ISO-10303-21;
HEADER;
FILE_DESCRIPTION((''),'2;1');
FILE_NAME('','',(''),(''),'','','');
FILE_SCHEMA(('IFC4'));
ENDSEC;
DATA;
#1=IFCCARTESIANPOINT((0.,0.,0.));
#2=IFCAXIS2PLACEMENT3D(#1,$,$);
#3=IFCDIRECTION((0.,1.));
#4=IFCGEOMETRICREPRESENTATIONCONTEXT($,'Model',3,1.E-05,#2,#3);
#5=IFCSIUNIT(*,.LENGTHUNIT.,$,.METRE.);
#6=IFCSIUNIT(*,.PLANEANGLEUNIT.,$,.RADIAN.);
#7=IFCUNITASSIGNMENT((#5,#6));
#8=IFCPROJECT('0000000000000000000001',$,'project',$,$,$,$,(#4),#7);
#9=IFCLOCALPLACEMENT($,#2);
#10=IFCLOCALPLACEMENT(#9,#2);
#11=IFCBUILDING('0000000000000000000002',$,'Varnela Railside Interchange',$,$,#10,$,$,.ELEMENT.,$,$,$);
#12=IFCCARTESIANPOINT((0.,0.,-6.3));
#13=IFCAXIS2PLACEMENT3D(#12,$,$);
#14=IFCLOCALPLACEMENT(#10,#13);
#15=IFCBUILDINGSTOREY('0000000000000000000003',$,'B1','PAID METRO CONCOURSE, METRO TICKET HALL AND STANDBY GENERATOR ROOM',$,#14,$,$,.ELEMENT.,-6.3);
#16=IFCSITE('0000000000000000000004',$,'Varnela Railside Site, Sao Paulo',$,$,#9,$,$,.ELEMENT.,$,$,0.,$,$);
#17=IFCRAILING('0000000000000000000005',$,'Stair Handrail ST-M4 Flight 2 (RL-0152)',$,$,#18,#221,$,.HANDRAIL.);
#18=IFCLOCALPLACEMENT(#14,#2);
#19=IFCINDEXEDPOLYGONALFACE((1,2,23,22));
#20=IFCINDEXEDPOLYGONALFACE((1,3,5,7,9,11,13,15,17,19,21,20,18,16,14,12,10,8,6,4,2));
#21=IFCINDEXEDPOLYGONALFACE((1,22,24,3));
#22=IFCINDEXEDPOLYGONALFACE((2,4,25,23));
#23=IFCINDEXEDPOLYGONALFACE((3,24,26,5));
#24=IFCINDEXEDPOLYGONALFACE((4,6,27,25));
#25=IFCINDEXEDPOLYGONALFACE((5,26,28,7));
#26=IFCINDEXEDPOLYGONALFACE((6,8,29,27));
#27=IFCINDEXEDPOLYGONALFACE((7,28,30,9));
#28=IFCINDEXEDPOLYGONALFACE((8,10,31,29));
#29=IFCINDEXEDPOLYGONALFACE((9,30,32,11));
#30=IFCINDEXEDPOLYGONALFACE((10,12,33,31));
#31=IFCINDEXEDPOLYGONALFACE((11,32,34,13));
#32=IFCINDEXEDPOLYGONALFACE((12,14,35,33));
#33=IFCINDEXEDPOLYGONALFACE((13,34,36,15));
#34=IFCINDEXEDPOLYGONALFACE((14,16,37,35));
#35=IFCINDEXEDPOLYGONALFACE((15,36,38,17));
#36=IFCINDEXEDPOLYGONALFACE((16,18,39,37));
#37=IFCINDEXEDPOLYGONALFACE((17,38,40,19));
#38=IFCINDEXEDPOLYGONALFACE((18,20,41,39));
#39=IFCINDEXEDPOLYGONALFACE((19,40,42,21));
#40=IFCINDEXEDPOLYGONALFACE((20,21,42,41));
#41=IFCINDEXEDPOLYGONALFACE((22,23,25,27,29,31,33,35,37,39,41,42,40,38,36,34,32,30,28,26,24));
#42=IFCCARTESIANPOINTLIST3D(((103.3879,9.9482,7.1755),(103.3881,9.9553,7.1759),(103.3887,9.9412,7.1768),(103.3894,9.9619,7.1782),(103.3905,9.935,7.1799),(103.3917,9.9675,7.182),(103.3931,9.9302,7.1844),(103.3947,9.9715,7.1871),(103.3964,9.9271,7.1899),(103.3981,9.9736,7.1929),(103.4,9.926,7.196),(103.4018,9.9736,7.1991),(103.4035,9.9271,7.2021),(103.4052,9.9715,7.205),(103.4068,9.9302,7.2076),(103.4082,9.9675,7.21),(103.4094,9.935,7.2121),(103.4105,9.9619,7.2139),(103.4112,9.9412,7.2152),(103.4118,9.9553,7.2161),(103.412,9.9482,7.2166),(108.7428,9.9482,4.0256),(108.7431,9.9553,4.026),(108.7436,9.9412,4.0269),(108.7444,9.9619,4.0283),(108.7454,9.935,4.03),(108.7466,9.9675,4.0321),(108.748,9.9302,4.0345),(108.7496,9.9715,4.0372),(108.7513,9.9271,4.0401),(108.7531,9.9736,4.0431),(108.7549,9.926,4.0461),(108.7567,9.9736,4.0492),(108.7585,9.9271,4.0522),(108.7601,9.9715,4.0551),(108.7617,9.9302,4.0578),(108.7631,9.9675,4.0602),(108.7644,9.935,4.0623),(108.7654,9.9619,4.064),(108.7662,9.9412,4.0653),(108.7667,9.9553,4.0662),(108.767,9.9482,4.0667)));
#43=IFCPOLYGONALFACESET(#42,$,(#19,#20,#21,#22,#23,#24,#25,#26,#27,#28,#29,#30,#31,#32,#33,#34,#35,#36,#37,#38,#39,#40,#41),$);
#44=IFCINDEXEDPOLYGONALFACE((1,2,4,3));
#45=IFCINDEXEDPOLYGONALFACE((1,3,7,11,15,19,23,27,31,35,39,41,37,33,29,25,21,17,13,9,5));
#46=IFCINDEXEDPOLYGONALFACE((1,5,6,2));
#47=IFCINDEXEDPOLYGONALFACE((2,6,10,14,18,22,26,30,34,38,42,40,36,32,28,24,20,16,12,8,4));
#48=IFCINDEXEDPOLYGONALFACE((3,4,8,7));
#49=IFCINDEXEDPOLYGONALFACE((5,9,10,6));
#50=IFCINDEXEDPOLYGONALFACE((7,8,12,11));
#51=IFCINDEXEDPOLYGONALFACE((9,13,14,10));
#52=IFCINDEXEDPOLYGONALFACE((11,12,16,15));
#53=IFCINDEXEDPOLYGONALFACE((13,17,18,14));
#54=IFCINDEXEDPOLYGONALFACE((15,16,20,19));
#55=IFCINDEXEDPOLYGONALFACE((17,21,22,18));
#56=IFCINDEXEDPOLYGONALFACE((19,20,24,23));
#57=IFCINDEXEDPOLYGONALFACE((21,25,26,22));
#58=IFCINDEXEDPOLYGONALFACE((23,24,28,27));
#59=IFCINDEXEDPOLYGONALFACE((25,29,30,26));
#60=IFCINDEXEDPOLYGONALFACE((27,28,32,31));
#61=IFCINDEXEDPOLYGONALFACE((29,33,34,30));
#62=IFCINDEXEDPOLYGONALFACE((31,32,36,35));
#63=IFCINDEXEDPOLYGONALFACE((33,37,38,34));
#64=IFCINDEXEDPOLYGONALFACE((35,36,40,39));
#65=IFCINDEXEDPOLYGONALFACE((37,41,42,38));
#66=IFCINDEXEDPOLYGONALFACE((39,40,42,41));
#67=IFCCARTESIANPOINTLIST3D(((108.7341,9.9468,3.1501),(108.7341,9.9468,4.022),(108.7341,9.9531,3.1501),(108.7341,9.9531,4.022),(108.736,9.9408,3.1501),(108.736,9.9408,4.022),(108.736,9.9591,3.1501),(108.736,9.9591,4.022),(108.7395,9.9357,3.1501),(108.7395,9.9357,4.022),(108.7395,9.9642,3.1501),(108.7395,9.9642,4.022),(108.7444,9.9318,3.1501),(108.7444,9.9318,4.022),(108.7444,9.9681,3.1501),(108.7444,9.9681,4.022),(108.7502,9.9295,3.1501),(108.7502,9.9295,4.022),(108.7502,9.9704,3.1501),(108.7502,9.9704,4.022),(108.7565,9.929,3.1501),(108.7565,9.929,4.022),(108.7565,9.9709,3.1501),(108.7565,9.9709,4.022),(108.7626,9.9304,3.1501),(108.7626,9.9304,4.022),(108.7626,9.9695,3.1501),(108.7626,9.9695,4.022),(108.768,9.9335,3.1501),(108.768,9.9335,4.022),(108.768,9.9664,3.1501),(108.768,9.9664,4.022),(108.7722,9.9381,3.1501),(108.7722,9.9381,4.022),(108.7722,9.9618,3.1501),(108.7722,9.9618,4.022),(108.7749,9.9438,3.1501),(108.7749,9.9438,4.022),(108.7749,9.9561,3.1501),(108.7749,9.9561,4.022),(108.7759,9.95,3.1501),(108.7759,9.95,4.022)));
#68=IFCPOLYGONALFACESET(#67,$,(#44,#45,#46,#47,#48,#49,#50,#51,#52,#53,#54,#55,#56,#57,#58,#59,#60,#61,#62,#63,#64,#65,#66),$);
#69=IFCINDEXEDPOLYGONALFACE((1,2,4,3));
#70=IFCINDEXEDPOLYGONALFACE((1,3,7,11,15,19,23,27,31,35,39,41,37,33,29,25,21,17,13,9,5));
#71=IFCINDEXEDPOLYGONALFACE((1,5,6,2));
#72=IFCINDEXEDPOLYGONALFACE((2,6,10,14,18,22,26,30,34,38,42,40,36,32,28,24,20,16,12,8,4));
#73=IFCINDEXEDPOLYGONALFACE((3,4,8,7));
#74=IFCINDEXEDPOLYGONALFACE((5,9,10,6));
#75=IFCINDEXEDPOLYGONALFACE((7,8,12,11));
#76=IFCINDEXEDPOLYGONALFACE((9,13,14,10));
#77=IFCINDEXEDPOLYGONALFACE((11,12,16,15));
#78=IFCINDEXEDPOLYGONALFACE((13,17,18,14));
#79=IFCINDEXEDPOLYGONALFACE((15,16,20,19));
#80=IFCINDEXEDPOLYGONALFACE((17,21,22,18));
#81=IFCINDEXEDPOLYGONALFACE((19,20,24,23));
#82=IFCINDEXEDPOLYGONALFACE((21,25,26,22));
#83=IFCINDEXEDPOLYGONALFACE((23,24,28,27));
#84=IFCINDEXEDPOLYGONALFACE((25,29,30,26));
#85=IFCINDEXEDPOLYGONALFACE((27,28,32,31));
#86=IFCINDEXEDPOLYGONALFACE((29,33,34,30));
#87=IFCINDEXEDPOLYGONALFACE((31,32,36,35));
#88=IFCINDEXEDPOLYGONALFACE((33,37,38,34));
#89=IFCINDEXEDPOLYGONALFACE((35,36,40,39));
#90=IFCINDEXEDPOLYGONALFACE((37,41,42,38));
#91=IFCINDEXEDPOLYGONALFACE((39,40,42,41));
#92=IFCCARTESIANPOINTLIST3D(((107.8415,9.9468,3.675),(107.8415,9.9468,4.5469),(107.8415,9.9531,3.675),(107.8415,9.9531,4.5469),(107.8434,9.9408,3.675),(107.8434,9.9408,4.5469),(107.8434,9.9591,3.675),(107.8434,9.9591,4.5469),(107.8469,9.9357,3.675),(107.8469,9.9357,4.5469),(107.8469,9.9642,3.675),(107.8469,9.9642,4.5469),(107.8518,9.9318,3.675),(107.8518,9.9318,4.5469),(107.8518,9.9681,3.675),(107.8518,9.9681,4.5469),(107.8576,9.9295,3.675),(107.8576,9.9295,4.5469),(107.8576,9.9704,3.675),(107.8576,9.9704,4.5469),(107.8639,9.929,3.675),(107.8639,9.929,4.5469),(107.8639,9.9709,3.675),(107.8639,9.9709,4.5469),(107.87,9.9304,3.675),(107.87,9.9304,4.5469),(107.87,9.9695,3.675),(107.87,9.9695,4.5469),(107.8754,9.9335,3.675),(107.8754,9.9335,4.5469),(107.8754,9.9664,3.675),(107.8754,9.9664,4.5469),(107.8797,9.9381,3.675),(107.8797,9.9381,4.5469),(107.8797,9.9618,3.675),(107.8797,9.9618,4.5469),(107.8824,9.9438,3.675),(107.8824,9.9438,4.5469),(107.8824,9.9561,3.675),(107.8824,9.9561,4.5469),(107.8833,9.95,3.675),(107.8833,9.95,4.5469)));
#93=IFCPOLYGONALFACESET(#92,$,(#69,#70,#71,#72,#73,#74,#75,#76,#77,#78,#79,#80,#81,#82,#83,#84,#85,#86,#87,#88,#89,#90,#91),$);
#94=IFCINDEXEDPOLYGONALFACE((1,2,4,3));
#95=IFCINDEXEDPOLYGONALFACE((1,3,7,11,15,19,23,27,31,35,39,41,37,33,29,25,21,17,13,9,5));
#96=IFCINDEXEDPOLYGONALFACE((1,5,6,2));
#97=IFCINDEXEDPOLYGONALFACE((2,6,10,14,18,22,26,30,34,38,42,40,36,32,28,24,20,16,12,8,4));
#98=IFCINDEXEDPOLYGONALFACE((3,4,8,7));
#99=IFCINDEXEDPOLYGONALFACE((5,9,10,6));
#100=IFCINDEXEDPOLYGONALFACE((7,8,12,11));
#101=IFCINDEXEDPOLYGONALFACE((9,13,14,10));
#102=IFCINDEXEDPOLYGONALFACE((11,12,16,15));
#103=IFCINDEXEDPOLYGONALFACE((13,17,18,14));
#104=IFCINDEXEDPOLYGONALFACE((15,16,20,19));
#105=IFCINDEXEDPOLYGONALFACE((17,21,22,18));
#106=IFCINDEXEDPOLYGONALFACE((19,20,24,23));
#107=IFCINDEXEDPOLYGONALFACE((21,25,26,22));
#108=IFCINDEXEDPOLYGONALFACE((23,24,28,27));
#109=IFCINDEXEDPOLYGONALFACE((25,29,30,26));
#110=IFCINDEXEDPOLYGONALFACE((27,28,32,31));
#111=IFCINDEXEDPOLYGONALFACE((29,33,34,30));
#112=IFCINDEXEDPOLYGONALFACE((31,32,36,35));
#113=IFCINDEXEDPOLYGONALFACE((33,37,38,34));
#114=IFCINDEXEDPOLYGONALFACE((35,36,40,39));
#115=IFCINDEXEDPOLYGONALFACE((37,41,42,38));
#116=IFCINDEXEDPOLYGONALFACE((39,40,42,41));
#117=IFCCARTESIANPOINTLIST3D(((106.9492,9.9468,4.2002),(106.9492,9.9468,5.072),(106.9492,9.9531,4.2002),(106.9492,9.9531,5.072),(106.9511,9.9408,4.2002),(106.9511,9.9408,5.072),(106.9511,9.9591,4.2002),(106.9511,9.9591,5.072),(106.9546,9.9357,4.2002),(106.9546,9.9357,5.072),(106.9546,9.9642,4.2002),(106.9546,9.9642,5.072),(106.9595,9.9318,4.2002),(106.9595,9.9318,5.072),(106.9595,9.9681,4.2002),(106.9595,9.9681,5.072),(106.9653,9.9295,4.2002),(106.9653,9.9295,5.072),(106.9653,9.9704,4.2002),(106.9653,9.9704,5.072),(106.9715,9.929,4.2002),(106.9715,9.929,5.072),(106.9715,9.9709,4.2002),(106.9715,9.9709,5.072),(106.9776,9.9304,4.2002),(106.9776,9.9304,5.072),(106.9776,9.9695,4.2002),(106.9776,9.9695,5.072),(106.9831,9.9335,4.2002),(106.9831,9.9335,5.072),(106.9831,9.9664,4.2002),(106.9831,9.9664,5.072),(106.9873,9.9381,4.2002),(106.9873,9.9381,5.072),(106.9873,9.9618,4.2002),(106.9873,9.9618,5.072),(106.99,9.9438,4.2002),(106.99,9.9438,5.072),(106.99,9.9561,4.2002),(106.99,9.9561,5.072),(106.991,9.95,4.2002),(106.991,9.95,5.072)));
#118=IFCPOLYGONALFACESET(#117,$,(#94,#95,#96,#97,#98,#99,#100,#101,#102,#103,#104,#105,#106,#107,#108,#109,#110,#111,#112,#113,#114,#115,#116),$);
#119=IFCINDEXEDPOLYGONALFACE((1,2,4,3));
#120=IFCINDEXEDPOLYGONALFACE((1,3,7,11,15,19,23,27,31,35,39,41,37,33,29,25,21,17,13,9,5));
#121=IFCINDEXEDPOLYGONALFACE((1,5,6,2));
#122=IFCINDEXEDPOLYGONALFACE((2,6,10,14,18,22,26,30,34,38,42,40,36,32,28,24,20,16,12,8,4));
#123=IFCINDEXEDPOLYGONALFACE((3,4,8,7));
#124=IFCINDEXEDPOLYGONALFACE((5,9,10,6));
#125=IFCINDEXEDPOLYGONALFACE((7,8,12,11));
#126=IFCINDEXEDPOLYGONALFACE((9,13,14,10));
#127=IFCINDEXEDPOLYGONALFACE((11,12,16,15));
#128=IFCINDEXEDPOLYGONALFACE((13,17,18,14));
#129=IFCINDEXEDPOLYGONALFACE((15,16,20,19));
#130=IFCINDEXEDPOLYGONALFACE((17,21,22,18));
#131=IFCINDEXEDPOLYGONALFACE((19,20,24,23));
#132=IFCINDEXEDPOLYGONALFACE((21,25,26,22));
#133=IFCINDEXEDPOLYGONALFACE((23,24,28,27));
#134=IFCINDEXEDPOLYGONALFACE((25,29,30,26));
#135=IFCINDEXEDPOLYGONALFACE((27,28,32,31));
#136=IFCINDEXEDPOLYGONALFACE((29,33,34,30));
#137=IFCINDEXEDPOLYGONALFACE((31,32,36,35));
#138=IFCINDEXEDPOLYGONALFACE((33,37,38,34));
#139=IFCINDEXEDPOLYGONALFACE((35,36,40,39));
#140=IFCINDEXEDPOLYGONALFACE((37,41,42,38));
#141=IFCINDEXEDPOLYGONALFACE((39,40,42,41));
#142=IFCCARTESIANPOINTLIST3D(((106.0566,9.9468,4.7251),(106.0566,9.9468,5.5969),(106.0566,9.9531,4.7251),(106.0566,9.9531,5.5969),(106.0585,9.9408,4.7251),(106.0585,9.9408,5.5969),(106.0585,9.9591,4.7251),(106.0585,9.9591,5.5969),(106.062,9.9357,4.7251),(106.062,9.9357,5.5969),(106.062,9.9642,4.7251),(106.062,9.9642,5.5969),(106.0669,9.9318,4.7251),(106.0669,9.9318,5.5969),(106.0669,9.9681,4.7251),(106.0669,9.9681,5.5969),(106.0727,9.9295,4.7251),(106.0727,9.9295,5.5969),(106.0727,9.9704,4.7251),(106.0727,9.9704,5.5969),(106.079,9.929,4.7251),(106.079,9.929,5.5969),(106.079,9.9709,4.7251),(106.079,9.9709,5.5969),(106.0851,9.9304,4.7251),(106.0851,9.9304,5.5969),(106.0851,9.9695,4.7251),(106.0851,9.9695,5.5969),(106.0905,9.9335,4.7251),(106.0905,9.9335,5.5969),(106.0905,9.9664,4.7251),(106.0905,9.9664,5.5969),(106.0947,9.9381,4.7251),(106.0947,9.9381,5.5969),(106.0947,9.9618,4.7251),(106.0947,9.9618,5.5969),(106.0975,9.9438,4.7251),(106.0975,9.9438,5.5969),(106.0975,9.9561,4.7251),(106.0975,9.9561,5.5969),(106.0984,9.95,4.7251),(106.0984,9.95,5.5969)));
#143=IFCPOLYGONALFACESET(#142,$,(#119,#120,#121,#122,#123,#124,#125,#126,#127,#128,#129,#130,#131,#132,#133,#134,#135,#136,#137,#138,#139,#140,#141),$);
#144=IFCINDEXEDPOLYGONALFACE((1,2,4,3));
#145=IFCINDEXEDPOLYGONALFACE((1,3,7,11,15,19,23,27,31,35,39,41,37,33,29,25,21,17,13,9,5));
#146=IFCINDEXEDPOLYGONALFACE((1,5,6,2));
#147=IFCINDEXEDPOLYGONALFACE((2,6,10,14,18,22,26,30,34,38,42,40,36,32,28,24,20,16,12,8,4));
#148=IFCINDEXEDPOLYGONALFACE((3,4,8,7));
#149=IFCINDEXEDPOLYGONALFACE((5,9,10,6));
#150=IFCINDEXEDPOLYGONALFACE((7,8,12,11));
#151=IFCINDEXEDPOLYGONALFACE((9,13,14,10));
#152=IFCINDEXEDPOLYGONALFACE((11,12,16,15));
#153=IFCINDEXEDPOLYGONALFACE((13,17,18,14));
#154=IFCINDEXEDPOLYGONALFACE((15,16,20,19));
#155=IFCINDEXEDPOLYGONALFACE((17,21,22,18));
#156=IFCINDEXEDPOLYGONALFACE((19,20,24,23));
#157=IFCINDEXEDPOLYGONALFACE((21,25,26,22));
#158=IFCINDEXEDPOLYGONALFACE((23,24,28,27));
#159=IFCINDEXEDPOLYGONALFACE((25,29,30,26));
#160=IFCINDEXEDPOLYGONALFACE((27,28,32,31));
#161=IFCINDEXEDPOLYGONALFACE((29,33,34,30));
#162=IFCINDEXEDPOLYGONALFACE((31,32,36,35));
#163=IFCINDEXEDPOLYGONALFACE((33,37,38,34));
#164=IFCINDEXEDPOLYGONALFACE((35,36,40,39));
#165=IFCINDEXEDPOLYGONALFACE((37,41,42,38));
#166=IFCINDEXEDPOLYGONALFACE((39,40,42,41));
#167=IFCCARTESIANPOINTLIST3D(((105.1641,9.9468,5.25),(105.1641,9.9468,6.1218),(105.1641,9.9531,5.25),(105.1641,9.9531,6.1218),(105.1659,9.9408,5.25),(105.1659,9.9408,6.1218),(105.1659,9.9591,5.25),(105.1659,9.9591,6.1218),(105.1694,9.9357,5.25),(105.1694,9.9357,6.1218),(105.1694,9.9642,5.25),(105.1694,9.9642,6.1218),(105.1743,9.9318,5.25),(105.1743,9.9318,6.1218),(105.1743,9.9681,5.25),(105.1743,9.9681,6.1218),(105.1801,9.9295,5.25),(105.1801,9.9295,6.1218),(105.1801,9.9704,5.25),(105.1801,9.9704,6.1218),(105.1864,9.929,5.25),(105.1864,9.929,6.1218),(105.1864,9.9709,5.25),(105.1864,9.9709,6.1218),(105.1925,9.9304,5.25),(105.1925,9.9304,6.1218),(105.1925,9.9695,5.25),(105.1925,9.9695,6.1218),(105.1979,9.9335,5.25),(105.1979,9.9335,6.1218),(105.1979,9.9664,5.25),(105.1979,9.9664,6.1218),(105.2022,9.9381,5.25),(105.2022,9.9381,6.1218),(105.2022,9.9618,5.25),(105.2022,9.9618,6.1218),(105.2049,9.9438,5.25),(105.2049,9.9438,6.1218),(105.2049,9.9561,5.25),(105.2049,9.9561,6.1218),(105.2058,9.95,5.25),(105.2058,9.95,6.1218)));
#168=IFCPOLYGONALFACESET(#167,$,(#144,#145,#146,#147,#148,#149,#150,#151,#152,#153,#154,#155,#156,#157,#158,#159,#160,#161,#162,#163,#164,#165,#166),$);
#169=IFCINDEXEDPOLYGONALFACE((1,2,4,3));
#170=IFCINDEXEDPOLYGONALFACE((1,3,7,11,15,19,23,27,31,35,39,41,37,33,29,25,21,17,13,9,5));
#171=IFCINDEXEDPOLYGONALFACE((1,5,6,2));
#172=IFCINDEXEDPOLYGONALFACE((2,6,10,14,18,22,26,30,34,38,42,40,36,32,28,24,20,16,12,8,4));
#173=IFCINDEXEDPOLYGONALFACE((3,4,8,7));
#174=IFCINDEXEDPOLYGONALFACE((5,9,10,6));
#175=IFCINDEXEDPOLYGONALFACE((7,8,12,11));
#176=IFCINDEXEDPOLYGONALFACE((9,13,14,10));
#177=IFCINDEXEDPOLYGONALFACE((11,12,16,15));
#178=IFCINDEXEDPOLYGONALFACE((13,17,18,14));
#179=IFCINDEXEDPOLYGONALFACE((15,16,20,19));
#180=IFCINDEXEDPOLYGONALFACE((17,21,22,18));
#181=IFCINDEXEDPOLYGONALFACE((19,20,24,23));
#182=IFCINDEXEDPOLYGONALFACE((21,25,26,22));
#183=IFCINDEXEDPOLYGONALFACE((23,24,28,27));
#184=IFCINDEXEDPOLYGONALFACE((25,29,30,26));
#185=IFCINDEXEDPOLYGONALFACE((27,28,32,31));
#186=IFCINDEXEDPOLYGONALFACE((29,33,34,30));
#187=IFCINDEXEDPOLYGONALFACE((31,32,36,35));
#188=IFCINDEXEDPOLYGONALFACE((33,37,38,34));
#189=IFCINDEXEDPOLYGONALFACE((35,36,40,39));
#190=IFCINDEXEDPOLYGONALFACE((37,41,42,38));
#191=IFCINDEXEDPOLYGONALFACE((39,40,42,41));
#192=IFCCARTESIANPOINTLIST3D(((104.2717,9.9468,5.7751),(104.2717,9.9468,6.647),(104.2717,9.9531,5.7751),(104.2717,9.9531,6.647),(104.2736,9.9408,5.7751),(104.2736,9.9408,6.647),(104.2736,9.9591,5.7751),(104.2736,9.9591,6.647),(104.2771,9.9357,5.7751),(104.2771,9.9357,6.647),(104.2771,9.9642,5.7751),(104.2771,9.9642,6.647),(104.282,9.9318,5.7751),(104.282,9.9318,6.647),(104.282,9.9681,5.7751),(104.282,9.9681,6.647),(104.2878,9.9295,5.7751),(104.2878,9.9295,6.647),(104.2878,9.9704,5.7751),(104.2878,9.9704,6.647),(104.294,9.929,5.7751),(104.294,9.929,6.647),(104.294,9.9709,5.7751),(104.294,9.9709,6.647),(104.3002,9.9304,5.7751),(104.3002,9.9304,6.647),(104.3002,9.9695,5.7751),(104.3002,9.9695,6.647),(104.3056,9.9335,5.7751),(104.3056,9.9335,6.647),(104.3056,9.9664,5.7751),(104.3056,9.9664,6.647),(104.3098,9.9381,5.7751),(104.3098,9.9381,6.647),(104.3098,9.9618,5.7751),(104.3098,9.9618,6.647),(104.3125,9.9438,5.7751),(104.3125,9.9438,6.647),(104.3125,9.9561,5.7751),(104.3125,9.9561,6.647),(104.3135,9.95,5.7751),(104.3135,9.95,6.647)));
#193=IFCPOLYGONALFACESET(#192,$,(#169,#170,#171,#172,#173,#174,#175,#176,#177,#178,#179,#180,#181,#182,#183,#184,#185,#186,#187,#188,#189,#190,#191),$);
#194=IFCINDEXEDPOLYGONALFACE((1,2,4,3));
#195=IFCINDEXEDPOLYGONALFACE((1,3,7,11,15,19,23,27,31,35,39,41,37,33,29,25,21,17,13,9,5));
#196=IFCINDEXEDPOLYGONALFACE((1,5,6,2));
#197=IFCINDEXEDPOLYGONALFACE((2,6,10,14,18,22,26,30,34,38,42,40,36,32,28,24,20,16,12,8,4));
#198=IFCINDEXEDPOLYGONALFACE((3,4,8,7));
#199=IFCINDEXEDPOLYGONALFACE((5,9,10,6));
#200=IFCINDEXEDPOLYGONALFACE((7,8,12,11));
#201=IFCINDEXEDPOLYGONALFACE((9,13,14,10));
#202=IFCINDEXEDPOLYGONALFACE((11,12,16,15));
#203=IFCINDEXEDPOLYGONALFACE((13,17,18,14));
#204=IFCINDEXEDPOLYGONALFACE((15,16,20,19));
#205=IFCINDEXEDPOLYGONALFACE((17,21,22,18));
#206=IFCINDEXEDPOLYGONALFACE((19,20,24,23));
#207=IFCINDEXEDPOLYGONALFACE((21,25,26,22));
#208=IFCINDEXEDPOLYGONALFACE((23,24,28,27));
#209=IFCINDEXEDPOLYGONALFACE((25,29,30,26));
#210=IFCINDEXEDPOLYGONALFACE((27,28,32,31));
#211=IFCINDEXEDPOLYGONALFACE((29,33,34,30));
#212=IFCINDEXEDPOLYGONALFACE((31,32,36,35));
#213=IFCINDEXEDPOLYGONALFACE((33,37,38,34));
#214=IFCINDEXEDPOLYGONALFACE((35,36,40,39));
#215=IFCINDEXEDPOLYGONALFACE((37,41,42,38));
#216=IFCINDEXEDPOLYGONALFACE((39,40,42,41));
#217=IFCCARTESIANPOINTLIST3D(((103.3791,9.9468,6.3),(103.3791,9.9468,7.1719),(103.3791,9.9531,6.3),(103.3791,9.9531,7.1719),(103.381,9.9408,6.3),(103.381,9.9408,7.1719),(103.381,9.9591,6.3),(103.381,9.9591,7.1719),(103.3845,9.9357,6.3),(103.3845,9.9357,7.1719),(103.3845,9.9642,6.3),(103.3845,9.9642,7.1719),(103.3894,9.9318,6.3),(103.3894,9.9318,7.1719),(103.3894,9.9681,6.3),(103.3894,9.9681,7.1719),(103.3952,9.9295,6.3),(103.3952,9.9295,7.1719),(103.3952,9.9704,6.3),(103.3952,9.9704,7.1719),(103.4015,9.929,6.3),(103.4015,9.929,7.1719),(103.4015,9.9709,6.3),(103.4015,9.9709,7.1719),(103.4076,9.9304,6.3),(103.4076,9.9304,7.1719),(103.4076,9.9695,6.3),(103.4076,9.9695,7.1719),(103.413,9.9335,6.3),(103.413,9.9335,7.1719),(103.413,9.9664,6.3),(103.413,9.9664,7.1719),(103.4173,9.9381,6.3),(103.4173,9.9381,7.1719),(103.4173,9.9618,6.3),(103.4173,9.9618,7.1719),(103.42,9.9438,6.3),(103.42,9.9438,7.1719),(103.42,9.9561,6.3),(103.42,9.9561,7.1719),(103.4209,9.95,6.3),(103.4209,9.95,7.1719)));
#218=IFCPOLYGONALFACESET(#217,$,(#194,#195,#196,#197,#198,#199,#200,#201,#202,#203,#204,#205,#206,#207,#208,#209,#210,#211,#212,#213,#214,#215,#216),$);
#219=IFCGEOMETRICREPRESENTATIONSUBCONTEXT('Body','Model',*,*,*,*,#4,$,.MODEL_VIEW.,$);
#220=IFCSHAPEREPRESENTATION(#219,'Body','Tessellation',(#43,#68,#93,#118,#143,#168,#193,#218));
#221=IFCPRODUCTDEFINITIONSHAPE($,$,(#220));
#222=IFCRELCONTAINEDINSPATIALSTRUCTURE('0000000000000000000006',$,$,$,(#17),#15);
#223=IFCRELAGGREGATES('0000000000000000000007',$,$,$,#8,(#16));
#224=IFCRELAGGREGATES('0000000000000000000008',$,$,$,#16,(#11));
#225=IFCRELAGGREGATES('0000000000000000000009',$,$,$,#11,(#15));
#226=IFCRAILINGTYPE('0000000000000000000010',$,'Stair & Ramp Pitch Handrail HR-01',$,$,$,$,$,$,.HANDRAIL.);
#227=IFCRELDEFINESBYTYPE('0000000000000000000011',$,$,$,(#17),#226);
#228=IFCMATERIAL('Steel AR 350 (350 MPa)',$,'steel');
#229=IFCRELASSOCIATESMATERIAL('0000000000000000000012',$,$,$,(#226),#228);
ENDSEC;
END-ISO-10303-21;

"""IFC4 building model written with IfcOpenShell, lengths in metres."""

from ifc_helpers import new_model, si_unit, direction, frame, origin, origin_2d, place, context, subcontext, project, spatial, circle, extrude, material, type_object, element, save


model = new_model("IFC4")

# Units and contexts
model_context = context("Model", 3, precision=1e-05, world=origin(), true_north=direction((0.0, 1.0)))
body_context = subcontext(model_context, "Body", "Model", "MODEL_VIEW")
ifc_project = project(units=[si_unit("LENGTHUNIT", "METRE"), si_unit("PLANEANGLEUNIT", "RADIAN")], contexts=[model_context])

# Site, building, storey
site_placement = place(None, origin())
site = spatial("IfcSite", under=ifc_project, at=site_placement, Name="Varnela Railside Site, Sao Paulo", CompositionType="ELEMENT", RefElevation=0.0)
building_placement = place(site_placement, origin())
building = spatial("IfcBuilding", under=site, at=building_placement, Name="Varnela Railside Interchange", CompositionType="ELEMENT")
storey_placement = place(building_placement, frame((0.0, 0.0, -6.3)))
storey = spatial("IfcBuildingStorey", under=building, at=storey_placement, Name="B1", Description="PAID METRO CONCOURSE, METRO TICKET HALL AND STANDBY GENERATOR ROOM", CompositionType="ELEMENT", Elevation=-6.3)

# Shared definitions
ifc_material_1 = material(Name="Steel AR 350 (350 MPa)", Category="steel")

# Railing
railing_type_1 = type_object("IfcRailingType", Name="Stair & Ramp Pitch Handrail HR-01", PredefinedType="HANDRAIL", material=ifc_material_1)
railing_1_placement = place(storey_placement, frame((108.7549, 9.95, 3.1501)))
element("IfcRailing", 1, at=railing_1_placement, inside=storey, type_object=railing_type_1, Name="Stair Handrail ST-M4 Flight 2 (RL-0152)", PredefinedType="HANDRAIL", context=body_context, shape_type="SweptSolid", body=[
    extrude(circle(Radius=0.0239, at=origin_2d()), frame((0.0, 0.0, 0.896), z_axis=(-0.86194, 0.0, 0.50701), x_axis=(0.0, -1.0, 0.0)), (0.0, 0.0, 1.0), 6.2126),
    extrude(circle(Radius=0.021, at=origin_2d()), origin(), (0.0, 0.0, 1.0), 0.8718),
    extrude(circle(Radius=0.021, at=origin_2d()), frame((-0.8926, 0.0, 0.5249)), (0.0, 0.0, 1.0), 0.8718),
    extrude(circle(Radius=0.021, at=origin_2d()), frame((-1.7849, 0.0, 1.05)), (0.0, 0.0, 1.0), 0.8718),
    extrude(circle(Radius=0.021, at=origin_2d()), frame((-2.6775, 0.0, 1.575)), (0.0, 0.0, 1.0), 0.8718),
    extrude(circle(Radius=0.021, at=origin_2d()), frame((-3.5701, 0.0, 2.0999)), (0.0, 0.0, 1.0), 0.8718),
    extrude(circle(Radius=0.021, at=origin_2d()), frame((-4.4624, 0.0, 2.625)), (0.0, 0.0, 1.0), 0.8718),
    extrude(circle(Radius=0.021, at=origin_2d()), frame((-5.355, 0.0, 3.1499)), (0.0, 0.0, 1.0), 0.8718),
])

save(model, "model.ifc")
